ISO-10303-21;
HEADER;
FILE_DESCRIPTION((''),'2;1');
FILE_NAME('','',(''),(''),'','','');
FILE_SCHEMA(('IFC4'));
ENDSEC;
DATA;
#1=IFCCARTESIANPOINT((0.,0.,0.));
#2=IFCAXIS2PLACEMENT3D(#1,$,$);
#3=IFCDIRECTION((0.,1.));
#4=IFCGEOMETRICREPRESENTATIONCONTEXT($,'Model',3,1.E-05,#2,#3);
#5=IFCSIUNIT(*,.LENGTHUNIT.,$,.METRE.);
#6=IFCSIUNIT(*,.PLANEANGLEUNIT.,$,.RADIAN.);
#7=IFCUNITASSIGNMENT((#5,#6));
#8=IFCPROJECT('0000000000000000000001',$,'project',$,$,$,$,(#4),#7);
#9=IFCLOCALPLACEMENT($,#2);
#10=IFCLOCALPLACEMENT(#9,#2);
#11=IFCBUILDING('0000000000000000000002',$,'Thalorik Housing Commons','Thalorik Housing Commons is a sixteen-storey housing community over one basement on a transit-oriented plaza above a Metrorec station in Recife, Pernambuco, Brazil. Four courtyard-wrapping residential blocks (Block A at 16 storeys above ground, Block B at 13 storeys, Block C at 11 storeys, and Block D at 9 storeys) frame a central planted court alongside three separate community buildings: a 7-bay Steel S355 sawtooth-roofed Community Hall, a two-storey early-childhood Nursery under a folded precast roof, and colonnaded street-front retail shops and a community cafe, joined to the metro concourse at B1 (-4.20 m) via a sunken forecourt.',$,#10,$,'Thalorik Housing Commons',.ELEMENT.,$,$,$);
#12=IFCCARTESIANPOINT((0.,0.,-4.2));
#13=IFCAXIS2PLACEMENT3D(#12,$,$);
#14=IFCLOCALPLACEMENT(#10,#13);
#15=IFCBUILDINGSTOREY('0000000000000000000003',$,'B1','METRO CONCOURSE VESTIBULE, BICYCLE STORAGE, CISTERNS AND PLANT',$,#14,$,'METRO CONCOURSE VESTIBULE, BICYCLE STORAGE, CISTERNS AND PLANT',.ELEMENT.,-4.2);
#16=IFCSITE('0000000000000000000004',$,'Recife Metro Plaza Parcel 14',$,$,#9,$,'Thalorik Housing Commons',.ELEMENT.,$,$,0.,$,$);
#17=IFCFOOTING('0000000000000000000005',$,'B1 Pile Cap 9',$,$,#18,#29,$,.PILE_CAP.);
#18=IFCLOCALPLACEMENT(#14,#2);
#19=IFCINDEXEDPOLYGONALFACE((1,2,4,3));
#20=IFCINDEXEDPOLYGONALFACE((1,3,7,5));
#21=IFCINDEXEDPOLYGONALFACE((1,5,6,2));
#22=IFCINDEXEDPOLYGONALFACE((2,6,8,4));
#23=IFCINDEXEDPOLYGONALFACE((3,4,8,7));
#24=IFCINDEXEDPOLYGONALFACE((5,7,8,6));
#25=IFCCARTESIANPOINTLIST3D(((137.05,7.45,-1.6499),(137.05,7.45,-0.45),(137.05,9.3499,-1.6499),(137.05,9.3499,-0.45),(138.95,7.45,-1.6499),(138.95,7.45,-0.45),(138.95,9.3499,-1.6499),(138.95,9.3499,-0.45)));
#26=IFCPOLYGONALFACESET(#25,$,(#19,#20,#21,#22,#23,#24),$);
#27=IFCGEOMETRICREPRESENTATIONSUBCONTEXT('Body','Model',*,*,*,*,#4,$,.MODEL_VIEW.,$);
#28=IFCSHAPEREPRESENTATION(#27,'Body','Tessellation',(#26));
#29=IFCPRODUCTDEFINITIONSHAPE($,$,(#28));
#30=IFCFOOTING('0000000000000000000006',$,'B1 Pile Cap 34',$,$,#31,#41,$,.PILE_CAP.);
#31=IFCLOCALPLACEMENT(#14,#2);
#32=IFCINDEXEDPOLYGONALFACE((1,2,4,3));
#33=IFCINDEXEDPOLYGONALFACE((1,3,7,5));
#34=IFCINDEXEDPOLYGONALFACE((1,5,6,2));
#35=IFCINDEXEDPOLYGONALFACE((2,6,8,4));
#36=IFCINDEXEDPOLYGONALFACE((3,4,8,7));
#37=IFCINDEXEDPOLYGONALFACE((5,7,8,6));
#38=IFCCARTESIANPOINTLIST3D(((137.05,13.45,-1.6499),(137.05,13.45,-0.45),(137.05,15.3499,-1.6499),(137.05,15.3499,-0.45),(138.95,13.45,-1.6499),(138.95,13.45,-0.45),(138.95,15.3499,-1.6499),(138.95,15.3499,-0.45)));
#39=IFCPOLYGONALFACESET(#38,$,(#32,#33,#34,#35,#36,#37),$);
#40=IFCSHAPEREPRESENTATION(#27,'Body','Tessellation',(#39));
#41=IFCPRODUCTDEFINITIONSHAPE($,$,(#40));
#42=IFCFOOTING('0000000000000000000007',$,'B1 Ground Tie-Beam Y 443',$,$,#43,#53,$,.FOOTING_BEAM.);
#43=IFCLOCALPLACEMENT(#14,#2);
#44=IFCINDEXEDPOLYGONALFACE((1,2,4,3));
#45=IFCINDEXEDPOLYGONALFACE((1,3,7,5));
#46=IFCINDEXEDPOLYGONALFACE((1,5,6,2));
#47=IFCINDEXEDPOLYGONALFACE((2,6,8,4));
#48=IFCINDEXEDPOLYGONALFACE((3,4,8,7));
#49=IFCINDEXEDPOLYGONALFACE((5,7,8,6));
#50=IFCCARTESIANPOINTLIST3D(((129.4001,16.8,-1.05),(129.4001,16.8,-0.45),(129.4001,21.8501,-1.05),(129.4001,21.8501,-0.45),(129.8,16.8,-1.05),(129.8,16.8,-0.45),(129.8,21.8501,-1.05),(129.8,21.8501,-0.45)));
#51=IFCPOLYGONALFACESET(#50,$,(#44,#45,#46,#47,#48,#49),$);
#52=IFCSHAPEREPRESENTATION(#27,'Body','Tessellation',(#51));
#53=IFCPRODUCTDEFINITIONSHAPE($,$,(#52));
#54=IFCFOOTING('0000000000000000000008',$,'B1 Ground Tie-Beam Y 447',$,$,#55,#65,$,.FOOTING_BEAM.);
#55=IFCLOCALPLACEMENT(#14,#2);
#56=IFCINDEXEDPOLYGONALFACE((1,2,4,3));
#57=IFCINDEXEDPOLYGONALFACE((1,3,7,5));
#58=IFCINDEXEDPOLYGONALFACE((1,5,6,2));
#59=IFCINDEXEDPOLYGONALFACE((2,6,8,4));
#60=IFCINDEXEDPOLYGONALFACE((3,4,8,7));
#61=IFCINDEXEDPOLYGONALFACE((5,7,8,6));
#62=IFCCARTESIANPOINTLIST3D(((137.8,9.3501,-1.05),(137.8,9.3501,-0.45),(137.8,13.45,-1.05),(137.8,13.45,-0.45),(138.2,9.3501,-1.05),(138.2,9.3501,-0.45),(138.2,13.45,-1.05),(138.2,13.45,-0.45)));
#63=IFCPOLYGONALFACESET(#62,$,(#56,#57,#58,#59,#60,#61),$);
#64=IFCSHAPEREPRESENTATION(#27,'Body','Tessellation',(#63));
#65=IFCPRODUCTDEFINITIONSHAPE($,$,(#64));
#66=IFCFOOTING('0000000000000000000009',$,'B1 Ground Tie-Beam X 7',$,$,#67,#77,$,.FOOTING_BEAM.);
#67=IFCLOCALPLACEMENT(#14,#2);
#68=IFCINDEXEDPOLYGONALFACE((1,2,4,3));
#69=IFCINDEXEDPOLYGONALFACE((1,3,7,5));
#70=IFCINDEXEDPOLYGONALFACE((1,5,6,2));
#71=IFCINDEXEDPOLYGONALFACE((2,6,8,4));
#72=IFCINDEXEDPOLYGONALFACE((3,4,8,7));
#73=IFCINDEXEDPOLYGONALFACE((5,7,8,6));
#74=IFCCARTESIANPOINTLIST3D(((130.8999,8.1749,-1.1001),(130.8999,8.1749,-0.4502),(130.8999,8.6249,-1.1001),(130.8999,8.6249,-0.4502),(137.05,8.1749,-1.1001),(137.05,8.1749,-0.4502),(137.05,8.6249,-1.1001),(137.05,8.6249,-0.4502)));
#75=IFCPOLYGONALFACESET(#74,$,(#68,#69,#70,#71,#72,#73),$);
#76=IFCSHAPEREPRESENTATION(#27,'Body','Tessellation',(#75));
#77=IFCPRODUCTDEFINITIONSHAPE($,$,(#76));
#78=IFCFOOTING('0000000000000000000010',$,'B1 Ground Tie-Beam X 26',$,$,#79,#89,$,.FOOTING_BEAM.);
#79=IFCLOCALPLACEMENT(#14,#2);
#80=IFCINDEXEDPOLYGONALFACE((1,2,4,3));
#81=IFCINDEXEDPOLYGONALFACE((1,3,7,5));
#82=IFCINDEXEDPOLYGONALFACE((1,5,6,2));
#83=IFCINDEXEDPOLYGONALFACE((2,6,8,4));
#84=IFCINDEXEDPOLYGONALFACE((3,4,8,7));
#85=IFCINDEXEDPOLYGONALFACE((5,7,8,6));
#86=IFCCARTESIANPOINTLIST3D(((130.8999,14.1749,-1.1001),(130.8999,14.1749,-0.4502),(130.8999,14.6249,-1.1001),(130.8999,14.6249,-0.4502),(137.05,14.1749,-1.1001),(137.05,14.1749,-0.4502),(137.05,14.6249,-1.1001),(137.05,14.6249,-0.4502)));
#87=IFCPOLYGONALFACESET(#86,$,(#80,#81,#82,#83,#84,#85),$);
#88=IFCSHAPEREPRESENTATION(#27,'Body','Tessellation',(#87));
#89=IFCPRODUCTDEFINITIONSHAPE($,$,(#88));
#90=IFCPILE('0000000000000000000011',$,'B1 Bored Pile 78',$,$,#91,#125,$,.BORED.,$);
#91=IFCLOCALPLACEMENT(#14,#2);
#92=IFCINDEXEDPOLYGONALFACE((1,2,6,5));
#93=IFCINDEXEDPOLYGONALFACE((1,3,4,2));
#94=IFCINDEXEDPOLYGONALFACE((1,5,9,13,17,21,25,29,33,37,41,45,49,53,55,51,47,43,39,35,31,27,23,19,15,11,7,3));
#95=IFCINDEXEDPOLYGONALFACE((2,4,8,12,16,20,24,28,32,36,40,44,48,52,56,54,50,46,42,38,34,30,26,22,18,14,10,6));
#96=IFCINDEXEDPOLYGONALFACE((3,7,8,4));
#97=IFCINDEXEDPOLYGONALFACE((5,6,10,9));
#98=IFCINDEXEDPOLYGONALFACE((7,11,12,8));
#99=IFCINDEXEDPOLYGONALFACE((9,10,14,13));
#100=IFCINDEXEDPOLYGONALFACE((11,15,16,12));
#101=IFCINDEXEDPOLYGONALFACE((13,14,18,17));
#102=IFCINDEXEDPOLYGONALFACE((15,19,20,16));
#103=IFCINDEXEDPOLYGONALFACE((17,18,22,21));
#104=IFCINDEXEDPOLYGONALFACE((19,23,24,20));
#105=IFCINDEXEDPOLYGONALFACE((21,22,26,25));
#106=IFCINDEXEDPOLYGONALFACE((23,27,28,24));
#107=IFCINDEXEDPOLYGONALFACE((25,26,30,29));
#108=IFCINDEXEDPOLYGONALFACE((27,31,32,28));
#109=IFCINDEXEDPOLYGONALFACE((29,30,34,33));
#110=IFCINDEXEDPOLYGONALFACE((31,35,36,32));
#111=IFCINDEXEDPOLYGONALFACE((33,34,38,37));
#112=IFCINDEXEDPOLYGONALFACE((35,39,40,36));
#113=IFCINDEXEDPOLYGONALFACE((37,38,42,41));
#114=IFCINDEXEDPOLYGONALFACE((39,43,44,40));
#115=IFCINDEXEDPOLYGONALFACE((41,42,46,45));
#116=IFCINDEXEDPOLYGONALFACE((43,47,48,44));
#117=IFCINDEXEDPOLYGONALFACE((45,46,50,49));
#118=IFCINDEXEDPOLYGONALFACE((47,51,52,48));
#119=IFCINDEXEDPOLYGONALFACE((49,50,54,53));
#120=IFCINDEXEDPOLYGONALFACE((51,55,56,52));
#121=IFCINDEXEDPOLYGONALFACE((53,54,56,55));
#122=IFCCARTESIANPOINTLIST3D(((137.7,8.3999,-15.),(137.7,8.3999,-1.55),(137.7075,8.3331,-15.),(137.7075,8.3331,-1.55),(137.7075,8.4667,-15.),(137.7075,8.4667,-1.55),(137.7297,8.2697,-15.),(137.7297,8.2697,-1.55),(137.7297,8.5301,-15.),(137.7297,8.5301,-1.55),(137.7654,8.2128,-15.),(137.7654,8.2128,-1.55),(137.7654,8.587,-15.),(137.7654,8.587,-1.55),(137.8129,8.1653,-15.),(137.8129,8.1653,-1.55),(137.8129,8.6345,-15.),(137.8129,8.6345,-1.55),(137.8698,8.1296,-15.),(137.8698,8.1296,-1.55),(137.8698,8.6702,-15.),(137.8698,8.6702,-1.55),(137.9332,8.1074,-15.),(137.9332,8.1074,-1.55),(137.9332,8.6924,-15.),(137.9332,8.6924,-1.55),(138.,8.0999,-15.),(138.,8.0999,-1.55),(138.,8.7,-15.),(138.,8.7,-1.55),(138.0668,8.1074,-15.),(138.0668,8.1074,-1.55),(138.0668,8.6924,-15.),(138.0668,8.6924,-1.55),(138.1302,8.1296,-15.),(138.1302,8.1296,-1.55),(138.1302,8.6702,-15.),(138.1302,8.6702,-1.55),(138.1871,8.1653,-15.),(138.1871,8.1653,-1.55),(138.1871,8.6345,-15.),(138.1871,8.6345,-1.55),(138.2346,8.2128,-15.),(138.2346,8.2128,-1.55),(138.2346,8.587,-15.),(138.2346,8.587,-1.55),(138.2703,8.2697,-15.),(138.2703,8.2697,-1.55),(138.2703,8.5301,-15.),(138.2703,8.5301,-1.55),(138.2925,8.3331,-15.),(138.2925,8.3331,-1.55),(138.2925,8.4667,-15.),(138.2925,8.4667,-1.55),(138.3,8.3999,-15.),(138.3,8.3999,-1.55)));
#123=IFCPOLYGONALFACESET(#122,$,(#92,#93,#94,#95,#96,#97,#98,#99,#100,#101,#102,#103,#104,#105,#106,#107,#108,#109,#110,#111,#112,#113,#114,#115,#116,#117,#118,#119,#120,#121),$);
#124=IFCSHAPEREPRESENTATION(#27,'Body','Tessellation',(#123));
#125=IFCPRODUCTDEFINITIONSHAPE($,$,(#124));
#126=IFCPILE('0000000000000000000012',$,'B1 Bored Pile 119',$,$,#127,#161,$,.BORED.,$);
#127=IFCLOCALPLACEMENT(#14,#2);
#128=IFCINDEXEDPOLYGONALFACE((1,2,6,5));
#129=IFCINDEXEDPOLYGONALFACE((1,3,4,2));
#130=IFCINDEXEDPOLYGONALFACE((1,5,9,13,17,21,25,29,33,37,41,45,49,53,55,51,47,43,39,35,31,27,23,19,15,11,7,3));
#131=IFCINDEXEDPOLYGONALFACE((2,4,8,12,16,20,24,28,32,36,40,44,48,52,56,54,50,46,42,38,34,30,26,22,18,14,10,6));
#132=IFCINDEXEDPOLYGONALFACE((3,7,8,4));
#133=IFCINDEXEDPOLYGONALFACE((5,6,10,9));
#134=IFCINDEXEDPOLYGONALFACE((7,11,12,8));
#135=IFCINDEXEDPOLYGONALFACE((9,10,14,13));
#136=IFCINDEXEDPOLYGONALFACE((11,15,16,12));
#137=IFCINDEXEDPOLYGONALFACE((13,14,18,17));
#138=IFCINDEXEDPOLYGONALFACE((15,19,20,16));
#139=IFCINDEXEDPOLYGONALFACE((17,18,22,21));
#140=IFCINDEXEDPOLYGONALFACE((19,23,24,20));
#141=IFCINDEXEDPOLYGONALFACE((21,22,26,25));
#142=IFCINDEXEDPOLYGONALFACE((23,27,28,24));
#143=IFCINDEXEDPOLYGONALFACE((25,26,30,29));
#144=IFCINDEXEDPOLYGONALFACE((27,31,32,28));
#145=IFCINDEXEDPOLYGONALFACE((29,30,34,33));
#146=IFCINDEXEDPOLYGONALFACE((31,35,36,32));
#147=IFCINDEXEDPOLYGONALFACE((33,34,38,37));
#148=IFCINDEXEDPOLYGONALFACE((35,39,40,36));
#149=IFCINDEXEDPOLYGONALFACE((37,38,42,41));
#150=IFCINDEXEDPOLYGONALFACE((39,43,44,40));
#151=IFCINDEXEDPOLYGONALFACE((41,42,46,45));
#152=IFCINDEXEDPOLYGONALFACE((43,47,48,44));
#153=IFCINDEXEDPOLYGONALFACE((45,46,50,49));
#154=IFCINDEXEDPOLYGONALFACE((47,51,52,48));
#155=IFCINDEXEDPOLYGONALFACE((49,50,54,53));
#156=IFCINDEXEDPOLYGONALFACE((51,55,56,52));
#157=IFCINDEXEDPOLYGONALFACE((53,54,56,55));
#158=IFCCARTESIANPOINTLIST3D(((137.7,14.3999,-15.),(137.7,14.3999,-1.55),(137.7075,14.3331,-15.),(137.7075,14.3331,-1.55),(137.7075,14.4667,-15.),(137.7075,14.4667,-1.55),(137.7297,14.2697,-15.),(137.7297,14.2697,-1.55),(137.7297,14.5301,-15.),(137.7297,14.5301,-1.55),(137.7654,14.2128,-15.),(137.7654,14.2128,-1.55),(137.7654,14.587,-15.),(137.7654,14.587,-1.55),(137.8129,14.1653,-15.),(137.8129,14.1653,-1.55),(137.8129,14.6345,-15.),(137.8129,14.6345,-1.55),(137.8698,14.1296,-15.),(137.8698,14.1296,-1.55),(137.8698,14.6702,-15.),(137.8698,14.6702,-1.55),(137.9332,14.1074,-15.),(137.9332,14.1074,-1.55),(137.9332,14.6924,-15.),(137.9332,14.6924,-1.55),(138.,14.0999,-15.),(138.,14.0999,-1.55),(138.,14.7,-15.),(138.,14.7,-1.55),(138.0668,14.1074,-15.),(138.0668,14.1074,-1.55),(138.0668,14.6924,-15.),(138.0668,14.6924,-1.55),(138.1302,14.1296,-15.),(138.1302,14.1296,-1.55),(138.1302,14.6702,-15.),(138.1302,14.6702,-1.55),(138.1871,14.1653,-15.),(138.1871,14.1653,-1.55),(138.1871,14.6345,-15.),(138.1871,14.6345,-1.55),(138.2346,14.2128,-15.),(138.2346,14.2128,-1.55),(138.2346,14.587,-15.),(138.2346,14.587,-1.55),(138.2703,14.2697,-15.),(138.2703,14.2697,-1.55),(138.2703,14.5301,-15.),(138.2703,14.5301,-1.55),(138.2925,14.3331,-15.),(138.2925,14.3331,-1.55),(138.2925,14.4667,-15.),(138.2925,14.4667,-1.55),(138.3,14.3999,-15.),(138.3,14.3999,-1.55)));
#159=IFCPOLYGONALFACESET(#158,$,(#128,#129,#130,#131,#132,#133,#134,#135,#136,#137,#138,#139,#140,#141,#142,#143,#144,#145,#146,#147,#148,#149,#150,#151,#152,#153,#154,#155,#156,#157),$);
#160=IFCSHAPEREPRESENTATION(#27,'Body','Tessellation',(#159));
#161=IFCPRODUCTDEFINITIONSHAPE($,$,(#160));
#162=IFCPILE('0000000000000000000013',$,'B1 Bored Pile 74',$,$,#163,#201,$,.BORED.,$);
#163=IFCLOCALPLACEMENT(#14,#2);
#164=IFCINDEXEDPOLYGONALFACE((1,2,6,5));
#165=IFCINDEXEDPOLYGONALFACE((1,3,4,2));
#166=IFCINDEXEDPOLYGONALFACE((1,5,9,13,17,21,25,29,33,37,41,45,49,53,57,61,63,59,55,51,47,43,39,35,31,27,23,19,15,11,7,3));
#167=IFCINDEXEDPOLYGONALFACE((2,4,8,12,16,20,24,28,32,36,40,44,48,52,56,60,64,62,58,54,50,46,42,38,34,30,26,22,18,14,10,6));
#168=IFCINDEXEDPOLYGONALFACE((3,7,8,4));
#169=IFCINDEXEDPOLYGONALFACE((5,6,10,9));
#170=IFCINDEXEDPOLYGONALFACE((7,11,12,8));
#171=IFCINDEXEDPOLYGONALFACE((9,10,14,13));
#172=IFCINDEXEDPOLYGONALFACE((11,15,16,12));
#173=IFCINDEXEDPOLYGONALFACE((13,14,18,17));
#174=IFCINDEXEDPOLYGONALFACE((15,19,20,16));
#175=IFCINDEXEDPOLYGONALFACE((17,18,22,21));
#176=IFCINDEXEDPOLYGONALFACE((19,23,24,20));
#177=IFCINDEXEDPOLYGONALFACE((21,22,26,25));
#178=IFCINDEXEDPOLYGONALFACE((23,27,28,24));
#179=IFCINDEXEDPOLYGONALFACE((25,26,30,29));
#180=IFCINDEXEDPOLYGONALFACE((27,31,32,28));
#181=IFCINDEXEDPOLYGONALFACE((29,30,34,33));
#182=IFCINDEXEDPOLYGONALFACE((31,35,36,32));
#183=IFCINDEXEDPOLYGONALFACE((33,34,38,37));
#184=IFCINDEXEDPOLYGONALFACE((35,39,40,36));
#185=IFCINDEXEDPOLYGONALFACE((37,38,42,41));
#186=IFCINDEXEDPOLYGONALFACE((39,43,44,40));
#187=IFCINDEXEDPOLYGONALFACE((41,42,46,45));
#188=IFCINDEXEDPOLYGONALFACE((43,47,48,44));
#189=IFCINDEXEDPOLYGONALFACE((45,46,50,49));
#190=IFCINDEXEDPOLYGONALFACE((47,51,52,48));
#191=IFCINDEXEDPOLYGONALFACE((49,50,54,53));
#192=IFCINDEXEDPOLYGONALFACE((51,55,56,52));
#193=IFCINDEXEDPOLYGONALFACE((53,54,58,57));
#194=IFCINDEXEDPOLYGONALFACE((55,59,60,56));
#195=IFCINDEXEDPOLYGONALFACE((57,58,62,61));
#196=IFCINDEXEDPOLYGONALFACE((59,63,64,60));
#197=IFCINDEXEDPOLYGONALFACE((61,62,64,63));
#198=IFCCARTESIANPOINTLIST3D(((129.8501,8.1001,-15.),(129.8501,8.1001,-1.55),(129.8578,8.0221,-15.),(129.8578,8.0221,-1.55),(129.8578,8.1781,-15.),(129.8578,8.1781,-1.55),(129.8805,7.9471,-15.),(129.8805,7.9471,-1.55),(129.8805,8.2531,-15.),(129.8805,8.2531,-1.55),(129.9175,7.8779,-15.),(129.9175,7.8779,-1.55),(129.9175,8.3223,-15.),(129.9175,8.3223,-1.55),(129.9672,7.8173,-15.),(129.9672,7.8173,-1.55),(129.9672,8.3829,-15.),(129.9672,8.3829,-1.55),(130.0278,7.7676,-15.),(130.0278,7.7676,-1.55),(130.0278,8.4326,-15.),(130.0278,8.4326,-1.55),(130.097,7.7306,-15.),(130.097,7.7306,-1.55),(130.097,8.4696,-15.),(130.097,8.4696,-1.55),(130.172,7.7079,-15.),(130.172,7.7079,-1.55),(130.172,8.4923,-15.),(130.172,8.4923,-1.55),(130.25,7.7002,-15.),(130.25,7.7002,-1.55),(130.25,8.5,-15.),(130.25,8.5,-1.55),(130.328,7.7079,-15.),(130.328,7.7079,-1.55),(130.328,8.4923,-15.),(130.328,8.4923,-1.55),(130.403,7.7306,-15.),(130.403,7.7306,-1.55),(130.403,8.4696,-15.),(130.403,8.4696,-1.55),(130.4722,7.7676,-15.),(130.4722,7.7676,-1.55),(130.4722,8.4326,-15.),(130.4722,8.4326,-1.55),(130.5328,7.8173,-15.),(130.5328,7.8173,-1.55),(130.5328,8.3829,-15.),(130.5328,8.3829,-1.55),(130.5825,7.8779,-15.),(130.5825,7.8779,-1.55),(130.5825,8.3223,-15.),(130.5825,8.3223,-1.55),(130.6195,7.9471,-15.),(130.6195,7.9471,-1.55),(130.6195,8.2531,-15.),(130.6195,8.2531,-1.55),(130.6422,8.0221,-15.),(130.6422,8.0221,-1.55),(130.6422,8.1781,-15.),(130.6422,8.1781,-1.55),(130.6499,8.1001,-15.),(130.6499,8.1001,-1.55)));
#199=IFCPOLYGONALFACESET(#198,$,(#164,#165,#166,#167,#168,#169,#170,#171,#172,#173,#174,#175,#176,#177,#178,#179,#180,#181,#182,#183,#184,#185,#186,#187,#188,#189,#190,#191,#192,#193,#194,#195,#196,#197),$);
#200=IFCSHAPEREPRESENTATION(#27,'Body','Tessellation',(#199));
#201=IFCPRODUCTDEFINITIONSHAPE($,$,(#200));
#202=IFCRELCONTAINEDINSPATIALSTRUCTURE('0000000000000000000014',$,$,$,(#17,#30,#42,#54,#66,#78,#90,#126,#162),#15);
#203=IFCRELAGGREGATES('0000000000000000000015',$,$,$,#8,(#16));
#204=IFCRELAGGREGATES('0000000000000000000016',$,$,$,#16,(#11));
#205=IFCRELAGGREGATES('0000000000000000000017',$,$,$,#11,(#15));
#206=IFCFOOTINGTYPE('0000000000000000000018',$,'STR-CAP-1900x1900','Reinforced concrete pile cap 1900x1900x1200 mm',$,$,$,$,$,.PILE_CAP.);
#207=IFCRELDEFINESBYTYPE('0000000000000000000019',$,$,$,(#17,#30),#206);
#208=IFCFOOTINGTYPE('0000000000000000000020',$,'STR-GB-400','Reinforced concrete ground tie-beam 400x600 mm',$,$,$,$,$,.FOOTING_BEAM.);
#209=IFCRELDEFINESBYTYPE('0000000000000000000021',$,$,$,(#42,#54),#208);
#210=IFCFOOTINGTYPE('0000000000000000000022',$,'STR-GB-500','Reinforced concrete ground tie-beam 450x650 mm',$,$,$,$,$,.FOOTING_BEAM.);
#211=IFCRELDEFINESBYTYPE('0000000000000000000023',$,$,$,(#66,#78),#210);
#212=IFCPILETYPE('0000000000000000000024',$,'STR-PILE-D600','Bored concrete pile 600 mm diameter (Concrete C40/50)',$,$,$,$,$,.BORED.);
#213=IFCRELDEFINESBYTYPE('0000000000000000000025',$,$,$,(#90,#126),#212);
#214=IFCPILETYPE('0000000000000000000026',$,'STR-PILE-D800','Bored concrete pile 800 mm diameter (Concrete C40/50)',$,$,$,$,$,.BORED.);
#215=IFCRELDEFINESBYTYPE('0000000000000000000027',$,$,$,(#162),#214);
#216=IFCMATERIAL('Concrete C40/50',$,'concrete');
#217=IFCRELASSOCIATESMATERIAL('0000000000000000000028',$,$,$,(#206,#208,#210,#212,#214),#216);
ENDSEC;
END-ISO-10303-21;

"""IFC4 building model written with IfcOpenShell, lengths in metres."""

from ifc_helpers import new_model, si_unit, direction, frame, origin, origin_2d, place, context, subcontext, project, spatial, rectangle, circle, extrude, material, material_profile, profile_set, type_object, element, save


model = new_model("IFC4")

# Units and contexts
model_context = context("Model", 3, precision=1e-05, world=origin(), true_north=direction((0.0, 1.0)))
body_context = subcontext(model_context, "Body", "Model", "MODEL_VIEW")
ifc_project = project(units=[si_unit("LENGTHUNIT", "METRE"), si_unit("PLANEANGLEUNIT", "RADIAN")], contexts=[model_context])

# Site, building, storey
site_placement = place(None, origin())
site = spatial("IfcSite", under=ifc_project, at=site_placement, Name="Recife Metro Plaza Parcel 14", LongName="Thalorik Housing Commons", CompositionType="ELEMENT", RefElevation=0.0)
building_placement = place(site_placement, origin())
building = spatial("IfcBuilding", under=site, at=building_placement, Name="Thalorik Housing Commons", Description="Thalorik Housing Commons is a sixteen-storey housing community over one basement on a transit-oriented plaza above a Metrorec station in Recife, Pernambuco, Brazil. Four courtyard-wrapping residential blocks (Block A at 16 storeys above ground, Block B at 13 storeys, Block C at 11 storeys, and Block D at 9 storeys) frame a central planted court alongside three separate community buildings: a 7-bay Steel S355 sawtooth-roofed Community Hall, a two-storey early-childhood Nursery under a folded precast roof, and colonnaded street-front retail shops and a community cafe, joined to the metro concourse at B1 (-4.20 m) via a sunken forecourt.", LongName="Thalorik Housing Commons", CompositionType="ELEMENT")
storey_placement = place(building_placement, frame((0.0, 0.0, -4.2)))
storey = spatial("IfcBuildingStorey", under=building, at=storey_placement, Name="B1", Description="METRO CONCOURSE VESTIBULE, BICYCLE STORAGE, CISTERNS AND PLANT", LongName="METRO CONCOURSE VESTIBULE, BICYCLE STORAGE, CISTERNS AND PLANT", CompositionType="ELEMENT", Elevation=-4.2)

# Footings
ifc_material_1 = material(Name="Concrete C40/50", Category="concrete")
footing_type_1 = type_object("IfcFootingType", Name="STR-CAP-1900x1900", Description="Reinforced concrete pile cap 1900x1900x1200 mm", PredefinedType="PILE_CAP", material=ifc_material_1)
for number, where, z_axis, x_axis, name in (
    (1, (138.0, 8.3999, -1.6499), (0.0, 0.0, 1.0), (1.0, 0.0, 0.0), "B1 Pile Cap 9"),
    (2, (138.0, 14.3999, -1.6499), (0.0, 0.0, 1.0), (1.0, 0.0, 0.0), "B1 Pile Cap 34"),
):
    element("IfcFooting", number, at=place(storey_placement, frame(where, z_axis=z_axis, x_axis=x_axis)), inside=storey, type_object=footing_type_1, Name=name, PredefinedType="PILE_CAP", context=body_context, shape_type="SweptSolid", body=[
        extrude(rectangle(XDim=1.8999, YDim=1.8999, at=origin_2d()), origin(), (0.0, 0.0, 1.0), 1.2),
    ])
ifc_material_profile_1 = material_profile(ifc_material_1, rectangle(XDim=0.3999, YDim=0.6001, at=origin_2d()), Name="RC 400x600", Category="concrete")
ifc_profile_set_1 = profile_set([ifc_material_profile_1], Name="Concrete C40/50")
footing_type_2 = type_object("IfcFootingType", Name="STR-GB-400", Description="Reinforced concrete ground tie-beam 400x600 mm", PredefinedType="FOOTING_BEAM", material=ifc_profile_set_1)
footing_1_placement = place(storey_placement, frame((129.6001, 16.8, -0.75), z_axis=(0.0, 1.0, 0.0), x_axis=(-1.0, 0.0, 0.0)))
element("IfcFooting", 3, at=footing_1_placement, inside=storey, type_object=footing_type_2, Name="B1 Ground Tie-Beam Y 443", PredefinedType="FOOTING_BEAM", context=body_context, shape_type="SweptSolid", body=[
    extrude(rectangle(XDim=0.3999, YDim=0.6001, at=origin_2d()), origin(), (0.0, 0.0, 1.0), 5.05),
])
footing_2_placement = place(storey_placement, frame((138.0, 9.3501, -0.75), z_axis=(0.0, 1.0, 0.0), x_axis=(-1.0, 0.0, 0.0)))
element("IfcFooting", 4, at=footing_2_placement, inside=storey, type_object=footing_type_2, Name="B1 Ground Tie-Beam Y 447", PredefinedType="FOOTING_BEAM", context=body_context, shape_type="SweptSolid", body=[
    extrude(rectangle(XDim=0.3999, YDim=0.6001, at=origin_2d()), origin(), (0.0, 0.0, 1.0), 4.0999),
])
ifc_material_profile_2 = material_profile(ifc_material_1, rectangle(XDim=0.45, YDim=0.6499, at=origin_2d()), Name="RC 450x650", Category="concrete")
ifc_profile_set_2 = profile_set([ifc_material_profile_2], Name="Concrete C40/50")
footing_type_3 = type_object("IfcFootingType", Name="STR-GB-500", Description="Reinforced concrete ground tie-beam 450x650 mm", PredefinedType="FOOTING_BEAM", material=ifc_profile_set_2)
for number, where, z_axis, x_axis, name in (
    (5, (130.8999, 8.3999, -0.7751), (1.0, 0.0, 0.0), (0.0, 1.0, 0.0), "B1 Ground Tie-Beam X 7"),
    (6, (130.8999, 14.3999, -0.7751), (1.0, 0.0, 0.0), (0.0, 1.0, 0.0), "B1 Ground Tie-Beam X 26"),
):
    element("IfcFooting", number, at=place(storey_placement, frame(where, z_axis=z_axis, x_axis=x_axis)), inside=storey, type_object=footing_type_3, Name=name, PredefinedType="FOOTING_BEAM", context=body_context, shape_type="SweptSolid", body=[
        extrude(rectangle(XDim=0.45, YDim=0.6499, at=origin_2d()), origin(), (0.0, 0.0, 1.0), 6.1501),
    ])

# Piles
ifc_material_profile_3 = material_profile(ifc_material_1, circle(Radius=0.3, at=origin_2d()), Name="BORED PILE D600", Category="concrete")
ifc_profile_set_3 = profile_set([ifc_material_profile_3], Name="Concrete C40/50")
pile_type_1 = type_object("IfcPileType", Name="STR-PILE-D600", Description="Bored concrete pile 600 mm diameter (Concrete C40/50)", PredefinedType="BORED", material=ifc_profile_set_3)
for number, where, z_axis, x_axis, name in (
    (7, (138.0, 8.3999, -1.55), (0.0, 0.0, -1.0), (1.0, 0.0, 0.0), "B1 Bored Pile 78"),
    (8, (138.0, 14.3999, -1.55), (0.0, 0.0, -1.0), (1.0, 0.0, 0.0), "B1 Bored Pile 119"),
):
    element("IfcPile", number, at=place(storey_placement, frame(where, z_axis=z_axis, x_axis=x_axis)), inside=storey, type_object=pile_type_1, Name=name, PredefinedType="BORED", context=body_context, shape_type="SweptSolid", body=[
        extrude(circle(Radius=0.3, at=origin_2d()), origin(), (0.0, 0.0, 1.0), 13.45),
    ])
ifc_material_profile_4 = material_profile(ifc_material_1, circle(Radius=0.3999, at=origin_2d()), Name="BORED PILE D800", Category="concrete")
ifc_profile_set_4 = profile_set([ifc_material_profile_4], Name="Concrete C40/50")
pile_type_2 = type_object("IfcPileType", Name="STR-PILE-D800", Description="Bored concrete pile 800 mm diameter (Concrete C40/50)", PredefinedType="BORED", material=ifc_profile_set_4)
for number, where, z_axis, x_axis, name in (
    (9, (130.25, 8.1001, -1.55), (0.0, 0.0, -1.0), (1.0, 0.0, 0.0), "B1 Bored Pile 74"),
):
    element("IfcPile", number, at=place(storey_placement, frame(where, z_axis=z_axis, x_axis=x_axis)), inside=storey, type_object=pile_type_2, Name=name, PredefinedType="BORED", context=body_context, shape_type="SweptSolid", body=[
        extrude(circle(Radius=0.3999, at=origin_2d()), origin(), (0.0, 0.0, 1.0), 13.45),
    ])

save(model, "model.ifc")
